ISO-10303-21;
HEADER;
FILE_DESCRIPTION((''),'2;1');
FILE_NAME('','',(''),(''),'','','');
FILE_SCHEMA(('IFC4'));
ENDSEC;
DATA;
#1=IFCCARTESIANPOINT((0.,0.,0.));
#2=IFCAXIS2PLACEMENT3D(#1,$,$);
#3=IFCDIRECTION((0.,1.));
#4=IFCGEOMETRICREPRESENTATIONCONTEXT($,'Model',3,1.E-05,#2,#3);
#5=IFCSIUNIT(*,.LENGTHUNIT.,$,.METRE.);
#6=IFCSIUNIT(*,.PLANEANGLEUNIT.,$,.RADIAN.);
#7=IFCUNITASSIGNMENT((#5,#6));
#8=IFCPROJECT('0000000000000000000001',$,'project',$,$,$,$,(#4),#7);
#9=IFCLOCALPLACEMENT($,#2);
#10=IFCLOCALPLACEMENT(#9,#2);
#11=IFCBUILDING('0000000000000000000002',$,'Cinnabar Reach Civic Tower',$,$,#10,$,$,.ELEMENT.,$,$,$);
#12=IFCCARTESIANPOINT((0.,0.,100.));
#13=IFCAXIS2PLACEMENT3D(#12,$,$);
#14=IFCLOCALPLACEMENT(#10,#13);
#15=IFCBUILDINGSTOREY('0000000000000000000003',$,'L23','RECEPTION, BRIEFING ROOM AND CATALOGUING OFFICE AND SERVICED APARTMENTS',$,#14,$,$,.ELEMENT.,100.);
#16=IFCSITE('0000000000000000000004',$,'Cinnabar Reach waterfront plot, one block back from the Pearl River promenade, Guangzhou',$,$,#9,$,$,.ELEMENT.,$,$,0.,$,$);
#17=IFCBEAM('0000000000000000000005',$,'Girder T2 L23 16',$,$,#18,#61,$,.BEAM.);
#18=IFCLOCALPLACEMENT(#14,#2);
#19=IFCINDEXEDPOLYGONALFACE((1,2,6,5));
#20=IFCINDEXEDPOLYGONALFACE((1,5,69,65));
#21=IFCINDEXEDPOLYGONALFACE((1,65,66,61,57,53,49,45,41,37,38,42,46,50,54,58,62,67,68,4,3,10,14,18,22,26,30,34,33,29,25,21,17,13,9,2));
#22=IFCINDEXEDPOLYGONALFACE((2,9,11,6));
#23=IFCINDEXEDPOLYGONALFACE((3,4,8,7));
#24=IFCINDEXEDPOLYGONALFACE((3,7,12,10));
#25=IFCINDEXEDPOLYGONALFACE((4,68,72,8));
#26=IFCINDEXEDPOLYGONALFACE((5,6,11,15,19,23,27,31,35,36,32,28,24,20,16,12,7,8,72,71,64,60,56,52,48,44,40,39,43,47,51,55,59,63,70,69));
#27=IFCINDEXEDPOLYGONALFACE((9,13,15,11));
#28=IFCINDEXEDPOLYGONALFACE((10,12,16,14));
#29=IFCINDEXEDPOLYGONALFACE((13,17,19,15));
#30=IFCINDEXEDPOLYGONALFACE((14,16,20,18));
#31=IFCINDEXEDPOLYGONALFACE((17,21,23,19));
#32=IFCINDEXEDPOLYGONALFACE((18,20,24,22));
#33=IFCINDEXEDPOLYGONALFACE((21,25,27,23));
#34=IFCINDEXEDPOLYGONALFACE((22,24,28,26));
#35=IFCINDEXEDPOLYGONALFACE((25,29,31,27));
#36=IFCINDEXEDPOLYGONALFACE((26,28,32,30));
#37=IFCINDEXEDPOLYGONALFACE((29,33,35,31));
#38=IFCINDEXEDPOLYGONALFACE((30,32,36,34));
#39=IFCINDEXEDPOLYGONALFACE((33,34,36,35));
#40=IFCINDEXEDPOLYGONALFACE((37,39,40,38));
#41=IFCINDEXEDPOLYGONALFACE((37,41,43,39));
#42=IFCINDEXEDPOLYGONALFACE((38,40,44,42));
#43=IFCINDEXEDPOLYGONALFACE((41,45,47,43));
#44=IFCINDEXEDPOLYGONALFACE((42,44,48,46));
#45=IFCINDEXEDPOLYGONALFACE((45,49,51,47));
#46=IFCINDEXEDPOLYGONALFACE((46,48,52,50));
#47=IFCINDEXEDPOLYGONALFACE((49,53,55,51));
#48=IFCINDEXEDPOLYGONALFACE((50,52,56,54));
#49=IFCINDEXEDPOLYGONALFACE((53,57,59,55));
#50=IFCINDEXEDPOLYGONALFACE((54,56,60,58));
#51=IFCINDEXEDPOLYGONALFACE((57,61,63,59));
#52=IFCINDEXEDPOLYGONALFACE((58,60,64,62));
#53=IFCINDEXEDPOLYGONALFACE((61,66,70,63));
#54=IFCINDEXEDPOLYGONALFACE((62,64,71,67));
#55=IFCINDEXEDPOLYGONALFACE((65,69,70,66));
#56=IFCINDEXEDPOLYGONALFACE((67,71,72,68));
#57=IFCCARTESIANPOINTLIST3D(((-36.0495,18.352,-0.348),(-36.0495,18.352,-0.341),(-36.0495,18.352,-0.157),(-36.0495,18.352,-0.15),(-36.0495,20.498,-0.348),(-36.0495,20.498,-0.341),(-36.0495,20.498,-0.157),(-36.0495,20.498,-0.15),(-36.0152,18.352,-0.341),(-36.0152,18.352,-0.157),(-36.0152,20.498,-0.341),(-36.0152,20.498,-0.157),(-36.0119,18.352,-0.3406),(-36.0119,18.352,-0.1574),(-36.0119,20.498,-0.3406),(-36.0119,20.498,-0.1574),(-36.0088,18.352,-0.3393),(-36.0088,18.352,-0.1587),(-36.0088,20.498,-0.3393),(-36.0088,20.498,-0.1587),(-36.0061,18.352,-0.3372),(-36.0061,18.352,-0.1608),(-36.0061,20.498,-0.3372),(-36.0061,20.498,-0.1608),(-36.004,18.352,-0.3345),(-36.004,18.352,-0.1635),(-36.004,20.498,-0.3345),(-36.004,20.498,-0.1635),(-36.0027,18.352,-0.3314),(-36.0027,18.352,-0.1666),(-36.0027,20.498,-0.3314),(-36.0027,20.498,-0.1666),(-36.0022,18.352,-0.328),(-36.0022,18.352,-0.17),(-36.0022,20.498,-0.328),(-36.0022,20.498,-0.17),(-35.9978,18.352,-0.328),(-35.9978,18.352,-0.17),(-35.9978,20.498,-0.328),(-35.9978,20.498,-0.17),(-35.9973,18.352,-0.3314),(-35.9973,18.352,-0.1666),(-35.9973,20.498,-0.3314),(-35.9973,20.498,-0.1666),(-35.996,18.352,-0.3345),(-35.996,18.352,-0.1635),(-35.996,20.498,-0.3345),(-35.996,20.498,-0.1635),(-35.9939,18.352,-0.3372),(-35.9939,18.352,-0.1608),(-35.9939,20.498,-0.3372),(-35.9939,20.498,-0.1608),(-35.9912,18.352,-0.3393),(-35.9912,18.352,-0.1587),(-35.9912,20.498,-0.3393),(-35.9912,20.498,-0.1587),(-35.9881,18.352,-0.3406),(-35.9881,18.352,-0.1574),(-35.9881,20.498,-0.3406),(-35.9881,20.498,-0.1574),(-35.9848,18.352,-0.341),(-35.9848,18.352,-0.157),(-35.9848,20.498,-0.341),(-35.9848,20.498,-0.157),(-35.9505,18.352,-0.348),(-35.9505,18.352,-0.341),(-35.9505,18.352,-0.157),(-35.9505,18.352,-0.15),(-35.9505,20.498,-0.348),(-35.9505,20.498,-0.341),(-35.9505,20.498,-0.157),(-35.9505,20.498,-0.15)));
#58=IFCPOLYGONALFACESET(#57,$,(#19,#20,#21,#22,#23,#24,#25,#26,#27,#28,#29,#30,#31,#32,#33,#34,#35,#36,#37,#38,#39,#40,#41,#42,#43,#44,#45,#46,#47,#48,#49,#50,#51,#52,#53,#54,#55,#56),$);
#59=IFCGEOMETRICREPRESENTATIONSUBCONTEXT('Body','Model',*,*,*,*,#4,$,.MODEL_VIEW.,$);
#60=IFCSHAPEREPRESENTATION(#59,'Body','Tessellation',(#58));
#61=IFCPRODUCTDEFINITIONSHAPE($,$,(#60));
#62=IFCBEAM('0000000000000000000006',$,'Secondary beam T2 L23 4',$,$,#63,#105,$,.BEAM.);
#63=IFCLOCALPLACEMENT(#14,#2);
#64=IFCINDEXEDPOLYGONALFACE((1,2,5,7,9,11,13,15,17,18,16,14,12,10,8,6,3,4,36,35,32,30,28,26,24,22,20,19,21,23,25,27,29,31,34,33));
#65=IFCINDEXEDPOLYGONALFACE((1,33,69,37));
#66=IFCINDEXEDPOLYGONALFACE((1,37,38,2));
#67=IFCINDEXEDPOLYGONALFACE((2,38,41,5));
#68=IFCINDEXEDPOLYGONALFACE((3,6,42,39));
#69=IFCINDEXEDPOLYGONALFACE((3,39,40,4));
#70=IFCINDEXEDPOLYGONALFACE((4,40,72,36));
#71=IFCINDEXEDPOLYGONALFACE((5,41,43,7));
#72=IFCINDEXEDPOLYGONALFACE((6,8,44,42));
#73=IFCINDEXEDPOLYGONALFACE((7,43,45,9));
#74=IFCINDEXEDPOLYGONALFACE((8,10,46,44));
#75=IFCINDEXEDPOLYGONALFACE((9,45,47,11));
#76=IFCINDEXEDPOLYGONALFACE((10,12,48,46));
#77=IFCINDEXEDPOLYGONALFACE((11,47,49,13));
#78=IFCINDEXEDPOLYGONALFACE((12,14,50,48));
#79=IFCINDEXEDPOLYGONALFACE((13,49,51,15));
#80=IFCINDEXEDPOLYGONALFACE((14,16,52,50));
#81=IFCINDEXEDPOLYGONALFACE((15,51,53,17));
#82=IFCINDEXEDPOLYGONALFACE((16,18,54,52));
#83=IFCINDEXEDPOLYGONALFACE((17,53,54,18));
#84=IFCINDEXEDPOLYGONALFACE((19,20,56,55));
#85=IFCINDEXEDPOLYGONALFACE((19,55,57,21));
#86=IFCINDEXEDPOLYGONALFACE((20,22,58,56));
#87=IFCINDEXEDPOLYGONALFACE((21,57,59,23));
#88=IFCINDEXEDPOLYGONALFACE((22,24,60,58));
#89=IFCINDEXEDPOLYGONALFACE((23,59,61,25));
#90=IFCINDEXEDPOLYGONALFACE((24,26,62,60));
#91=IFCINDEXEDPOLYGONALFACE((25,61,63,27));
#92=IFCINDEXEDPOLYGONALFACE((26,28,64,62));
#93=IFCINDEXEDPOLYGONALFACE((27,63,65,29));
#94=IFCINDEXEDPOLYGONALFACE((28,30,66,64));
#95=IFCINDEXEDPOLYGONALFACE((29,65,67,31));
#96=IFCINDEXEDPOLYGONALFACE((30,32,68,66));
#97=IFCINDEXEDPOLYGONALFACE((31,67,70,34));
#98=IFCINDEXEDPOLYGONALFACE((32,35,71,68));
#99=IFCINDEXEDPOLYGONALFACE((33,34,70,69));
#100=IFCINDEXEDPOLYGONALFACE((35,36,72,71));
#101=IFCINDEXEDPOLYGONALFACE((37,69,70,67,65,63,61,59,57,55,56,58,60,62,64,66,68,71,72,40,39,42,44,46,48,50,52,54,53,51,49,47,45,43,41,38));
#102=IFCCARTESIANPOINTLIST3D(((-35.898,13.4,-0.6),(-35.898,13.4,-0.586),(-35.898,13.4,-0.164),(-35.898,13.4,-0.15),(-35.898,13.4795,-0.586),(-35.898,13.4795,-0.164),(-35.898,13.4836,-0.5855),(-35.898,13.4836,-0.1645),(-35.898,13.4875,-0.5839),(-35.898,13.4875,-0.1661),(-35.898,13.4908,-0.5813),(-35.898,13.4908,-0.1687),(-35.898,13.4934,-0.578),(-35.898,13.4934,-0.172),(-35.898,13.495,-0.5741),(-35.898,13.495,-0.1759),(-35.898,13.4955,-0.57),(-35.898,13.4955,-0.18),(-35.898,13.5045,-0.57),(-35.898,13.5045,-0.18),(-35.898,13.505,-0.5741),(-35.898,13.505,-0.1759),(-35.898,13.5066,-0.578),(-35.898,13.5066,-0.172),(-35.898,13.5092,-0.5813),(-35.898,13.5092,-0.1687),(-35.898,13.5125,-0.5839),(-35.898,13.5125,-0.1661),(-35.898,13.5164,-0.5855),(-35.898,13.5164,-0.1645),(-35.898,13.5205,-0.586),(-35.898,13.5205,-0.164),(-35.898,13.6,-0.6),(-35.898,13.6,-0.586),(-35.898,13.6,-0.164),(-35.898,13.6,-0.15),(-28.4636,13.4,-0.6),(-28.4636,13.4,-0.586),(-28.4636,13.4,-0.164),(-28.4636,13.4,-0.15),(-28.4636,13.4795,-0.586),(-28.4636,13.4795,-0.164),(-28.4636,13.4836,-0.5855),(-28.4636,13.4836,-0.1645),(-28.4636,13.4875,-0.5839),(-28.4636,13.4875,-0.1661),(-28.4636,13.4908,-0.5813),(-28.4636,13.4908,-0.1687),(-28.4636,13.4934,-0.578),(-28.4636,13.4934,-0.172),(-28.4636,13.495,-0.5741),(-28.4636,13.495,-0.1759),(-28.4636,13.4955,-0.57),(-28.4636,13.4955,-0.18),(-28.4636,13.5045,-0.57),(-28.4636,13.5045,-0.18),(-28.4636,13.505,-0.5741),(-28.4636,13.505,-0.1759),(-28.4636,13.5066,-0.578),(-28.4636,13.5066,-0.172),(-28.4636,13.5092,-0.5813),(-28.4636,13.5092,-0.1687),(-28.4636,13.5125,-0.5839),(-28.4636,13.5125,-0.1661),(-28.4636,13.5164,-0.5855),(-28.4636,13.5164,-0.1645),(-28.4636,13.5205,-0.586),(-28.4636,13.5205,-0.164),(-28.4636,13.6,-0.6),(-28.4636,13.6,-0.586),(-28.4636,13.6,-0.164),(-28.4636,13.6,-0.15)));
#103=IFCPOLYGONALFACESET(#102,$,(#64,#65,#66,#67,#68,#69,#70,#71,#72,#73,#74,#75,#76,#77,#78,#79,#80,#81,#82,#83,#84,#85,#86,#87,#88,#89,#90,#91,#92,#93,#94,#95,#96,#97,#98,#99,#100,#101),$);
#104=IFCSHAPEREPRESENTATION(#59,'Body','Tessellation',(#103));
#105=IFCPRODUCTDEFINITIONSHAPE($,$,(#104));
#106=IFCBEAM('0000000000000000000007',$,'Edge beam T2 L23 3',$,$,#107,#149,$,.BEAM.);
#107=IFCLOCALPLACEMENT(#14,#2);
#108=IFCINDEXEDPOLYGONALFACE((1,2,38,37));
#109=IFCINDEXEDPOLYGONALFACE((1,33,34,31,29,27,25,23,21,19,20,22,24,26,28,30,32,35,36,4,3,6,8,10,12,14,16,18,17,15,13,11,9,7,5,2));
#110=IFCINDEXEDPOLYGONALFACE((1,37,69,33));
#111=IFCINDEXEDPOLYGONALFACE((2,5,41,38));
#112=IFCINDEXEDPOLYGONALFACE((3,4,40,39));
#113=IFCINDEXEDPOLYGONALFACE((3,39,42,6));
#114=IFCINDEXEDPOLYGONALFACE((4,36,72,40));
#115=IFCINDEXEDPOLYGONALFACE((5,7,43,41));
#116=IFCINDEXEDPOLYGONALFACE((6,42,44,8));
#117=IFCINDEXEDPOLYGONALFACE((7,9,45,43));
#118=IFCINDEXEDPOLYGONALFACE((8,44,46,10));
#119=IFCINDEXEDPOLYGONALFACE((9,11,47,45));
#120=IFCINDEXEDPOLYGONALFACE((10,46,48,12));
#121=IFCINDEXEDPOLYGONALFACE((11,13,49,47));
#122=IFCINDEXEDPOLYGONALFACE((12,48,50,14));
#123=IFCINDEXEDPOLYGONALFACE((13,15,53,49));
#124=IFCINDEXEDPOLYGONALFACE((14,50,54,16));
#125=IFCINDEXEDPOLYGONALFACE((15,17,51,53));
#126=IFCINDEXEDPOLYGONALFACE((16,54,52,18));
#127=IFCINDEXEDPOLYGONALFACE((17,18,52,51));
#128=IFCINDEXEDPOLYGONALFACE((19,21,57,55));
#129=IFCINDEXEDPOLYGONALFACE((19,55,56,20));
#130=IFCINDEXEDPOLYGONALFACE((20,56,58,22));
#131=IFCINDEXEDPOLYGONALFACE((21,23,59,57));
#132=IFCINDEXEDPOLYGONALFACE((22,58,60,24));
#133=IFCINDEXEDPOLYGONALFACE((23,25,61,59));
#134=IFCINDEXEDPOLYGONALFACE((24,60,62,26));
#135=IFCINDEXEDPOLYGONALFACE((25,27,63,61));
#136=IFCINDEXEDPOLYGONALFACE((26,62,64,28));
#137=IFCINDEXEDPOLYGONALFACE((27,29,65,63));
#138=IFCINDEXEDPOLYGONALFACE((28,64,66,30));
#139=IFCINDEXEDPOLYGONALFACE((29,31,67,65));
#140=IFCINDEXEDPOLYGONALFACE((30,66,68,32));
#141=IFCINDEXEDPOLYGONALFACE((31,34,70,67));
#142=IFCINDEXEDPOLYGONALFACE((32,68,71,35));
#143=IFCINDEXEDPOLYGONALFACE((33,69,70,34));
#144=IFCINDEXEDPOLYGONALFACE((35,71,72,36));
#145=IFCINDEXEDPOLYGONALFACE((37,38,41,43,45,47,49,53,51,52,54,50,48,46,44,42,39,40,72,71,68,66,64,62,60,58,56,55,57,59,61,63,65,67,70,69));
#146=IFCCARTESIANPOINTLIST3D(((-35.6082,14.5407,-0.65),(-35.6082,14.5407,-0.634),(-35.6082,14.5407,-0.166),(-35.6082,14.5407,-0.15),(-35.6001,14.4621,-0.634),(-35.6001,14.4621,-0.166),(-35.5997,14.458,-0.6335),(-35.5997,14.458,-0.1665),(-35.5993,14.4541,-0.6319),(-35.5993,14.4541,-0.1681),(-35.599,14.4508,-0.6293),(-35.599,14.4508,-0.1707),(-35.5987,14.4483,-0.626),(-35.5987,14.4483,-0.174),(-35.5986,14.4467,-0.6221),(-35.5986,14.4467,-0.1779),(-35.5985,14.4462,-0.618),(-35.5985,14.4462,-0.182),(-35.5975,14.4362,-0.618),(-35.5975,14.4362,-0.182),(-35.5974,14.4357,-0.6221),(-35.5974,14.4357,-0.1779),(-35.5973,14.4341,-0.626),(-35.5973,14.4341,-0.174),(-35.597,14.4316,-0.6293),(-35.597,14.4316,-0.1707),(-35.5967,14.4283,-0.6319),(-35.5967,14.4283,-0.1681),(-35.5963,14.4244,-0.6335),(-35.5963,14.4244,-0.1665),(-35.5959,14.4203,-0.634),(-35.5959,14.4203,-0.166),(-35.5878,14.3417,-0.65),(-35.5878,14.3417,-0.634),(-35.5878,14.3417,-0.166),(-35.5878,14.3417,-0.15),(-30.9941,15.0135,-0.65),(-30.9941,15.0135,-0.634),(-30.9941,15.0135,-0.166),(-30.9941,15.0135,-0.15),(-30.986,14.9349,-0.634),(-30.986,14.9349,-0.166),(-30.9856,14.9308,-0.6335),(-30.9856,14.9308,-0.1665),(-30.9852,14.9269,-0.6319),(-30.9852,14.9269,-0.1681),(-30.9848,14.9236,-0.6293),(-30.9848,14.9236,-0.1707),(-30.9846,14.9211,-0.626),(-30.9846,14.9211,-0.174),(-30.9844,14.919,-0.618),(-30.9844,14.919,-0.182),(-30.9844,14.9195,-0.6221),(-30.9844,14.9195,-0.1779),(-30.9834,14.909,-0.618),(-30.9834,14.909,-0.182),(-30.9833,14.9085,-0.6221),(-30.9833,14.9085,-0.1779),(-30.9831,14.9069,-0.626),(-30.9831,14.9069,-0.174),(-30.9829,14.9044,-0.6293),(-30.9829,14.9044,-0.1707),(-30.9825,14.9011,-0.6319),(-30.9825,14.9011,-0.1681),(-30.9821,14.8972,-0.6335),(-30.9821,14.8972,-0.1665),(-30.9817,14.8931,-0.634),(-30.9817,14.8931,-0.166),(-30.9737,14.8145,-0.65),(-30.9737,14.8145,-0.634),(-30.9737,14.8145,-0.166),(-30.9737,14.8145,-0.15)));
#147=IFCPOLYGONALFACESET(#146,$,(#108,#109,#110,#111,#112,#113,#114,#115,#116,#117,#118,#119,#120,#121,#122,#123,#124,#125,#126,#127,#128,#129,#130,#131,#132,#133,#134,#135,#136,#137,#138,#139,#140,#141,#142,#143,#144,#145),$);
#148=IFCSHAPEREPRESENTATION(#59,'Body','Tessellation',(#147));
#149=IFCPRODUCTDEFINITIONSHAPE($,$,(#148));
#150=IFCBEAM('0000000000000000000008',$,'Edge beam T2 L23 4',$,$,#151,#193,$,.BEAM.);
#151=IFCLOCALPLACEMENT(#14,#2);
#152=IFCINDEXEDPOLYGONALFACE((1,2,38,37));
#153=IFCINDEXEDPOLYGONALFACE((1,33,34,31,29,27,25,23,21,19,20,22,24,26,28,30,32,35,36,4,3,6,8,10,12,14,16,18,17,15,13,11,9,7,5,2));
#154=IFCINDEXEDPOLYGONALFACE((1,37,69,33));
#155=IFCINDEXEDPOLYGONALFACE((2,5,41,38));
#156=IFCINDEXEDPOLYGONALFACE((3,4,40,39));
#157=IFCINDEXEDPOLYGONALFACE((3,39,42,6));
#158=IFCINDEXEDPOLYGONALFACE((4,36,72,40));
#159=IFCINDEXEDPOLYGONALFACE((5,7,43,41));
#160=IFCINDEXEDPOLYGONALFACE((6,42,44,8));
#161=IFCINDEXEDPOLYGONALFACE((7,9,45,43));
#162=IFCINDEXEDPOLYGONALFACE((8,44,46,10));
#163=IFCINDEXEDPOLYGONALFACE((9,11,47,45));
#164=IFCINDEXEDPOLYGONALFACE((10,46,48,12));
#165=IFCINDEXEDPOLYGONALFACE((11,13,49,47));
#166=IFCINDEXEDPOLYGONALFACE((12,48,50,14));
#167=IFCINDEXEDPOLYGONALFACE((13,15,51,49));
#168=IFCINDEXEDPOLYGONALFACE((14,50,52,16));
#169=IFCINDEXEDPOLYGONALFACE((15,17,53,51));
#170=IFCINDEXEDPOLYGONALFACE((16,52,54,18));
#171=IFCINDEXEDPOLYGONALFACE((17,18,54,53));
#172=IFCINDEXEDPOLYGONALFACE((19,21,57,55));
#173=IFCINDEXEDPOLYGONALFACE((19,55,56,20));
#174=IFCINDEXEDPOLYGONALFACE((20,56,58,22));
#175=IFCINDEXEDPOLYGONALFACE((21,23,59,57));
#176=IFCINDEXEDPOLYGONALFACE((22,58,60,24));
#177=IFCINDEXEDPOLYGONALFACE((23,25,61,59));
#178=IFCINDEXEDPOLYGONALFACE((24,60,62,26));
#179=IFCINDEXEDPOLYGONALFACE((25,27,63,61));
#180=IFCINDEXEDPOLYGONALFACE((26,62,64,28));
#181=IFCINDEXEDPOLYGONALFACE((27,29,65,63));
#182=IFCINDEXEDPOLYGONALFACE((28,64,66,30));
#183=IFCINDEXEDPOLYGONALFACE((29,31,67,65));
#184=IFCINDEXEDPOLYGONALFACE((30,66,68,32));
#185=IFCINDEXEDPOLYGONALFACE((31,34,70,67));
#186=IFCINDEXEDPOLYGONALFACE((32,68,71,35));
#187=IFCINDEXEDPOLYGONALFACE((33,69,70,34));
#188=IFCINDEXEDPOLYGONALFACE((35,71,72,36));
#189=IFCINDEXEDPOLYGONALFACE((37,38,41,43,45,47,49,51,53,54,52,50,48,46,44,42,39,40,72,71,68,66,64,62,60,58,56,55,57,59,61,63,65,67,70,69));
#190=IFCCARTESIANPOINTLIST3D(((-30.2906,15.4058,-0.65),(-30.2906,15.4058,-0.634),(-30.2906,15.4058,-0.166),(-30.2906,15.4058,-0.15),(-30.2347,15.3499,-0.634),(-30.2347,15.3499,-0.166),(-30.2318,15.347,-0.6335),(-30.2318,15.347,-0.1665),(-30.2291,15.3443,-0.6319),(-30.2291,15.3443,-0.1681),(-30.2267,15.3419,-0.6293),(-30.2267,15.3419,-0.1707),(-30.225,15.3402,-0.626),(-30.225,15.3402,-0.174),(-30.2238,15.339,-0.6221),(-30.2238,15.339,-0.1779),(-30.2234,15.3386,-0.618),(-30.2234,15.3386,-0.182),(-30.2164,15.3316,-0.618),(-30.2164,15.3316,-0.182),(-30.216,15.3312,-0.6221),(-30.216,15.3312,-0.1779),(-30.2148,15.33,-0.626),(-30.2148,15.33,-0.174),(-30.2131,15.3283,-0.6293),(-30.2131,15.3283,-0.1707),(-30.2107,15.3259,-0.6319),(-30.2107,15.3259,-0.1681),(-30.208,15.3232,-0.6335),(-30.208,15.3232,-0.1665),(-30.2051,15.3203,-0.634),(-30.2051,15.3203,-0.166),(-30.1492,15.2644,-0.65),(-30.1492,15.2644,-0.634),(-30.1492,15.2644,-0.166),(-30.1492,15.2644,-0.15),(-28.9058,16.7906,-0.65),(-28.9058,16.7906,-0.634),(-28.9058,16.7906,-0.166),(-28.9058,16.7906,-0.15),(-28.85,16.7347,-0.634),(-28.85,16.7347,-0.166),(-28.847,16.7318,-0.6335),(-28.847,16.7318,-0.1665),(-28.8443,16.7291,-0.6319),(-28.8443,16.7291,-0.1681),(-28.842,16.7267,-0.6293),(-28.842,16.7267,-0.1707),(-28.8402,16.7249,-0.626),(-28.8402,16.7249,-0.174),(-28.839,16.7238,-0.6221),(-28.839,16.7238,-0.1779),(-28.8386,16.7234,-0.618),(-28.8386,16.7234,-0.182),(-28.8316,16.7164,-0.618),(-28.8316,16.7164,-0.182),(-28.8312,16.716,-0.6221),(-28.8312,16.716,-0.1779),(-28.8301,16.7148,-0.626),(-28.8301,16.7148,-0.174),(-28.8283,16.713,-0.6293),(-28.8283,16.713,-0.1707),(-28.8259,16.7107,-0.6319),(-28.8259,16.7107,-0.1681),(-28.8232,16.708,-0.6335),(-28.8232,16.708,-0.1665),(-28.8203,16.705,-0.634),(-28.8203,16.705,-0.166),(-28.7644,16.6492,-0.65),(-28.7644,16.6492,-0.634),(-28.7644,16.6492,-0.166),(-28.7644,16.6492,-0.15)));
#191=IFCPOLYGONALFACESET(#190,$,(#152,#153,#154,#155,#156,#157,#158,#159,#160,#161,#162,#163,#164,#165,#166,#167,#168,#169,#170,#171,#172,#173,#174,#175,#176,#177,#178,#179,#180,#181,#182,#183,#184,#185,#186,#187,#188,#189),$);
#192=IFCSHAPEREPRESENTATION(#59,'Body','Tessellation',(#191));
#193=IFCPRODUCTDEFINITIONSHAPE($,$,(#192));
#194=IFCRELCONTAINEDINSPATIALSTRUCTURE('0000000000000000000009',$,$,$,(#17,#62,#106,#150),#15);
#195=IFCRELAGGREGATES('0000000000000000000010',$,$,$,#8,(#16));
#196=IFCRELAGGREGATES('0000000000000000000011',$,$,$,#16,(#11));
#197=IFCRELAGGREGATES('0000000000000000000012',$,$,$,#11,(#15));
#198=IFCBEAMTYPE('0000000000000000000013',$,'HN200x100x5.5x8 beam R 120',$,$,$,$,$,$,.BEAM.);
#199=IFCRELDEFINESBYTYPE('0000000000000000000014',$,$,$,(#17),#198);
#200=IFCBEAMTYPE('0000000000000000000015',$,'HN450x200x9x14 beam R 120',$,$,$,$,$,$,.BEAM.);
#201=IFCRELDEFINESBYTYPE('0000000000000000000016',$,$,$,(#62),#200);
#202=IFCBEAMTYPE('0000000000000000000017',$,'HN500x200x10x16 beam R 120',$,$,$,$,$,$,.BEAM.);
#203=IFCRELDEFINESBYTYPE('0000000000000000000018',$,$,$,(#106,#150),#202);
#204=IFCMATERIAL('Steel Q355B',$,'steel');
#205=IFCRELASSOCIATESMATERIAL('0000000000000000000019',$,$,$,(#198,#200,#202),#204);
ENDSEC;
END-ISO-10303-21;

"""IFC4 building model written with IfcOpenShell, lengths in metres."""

from ifc_helpers import new_model, si_unit, direction, frame, origin, origin_2d, place, context, subcontext, project, spatial, i_section, extrude, material, material_profile, profile_set, type_object, element, save


model = new_model("IFC4")

# Units and contexts
model_context = context("Model", 3, precision=1e-05, world=origin(), true_north=direction((0.0, 1.0)))
body_context = subcontext(model_context, "Body", "Model", "MODEL_VIEW")
ifc_project = project(units=[si_unit("LENGTHUNIT", "METRE"), si_unit("PLANEANGLEUNIT", "RADIAN")], contexts=[model_context])

# Site, building, storey
site_placement = place(None, origin())
site = spatial("IfcSite", under=ifc_project, at=site_placement, Name="Cinnabar Reach waterfront plot, one block back from the Pearl River promenade, Guangzhou", CompositionType="ELEMENT", RefElevation=0.0)
building_placement = place(site_placement, origin())
building = spatial("IfcBuilding", under=site, at=building_placement, Name="Cinnabar Reach Civic Tower", CompositionType="ELEMENT")
storey_placement = place(building_placement, frame((0.0, 0.0, 100.0)))
storey = spatial("IfcBuildingStorey", under=building, at=storey_placement, Name="L23", Description="RECEPTION, BRIEFING ROOM AND CATALOGUING OFFICE AND SERVICED APARTMENTS", CompositionType="ELEMENT", Elevation=100.0)

# Beams
ifc_material_1 = material(Name="Steel Q355B", Category="steel")
ifc_material_profile_1 = material_profile(ifc_material_1, i_section(OverallWidth=0.099, OverallDepth=0.198, WebThickness=0.0045, FlangeThickness=0.007, FilletRadius=0.013, at=origin_2d()), Name="HN200x100x5.5x8")
ifc_profile_set_1 = profile_set([ifc_material_profile_1], Name="Steel Q355B")
beam_type_1 = type_object("IfcBeamType", Name="HN200x100x5.5x8 beam R 120", PredefinedType="BEAM", material=ifc_profile_set_1)
beam_1_placement = place(storey_placement, frame((-36.0, 18.352, -0.249), z_axis=(0.0, 1.0, 0.0), x_axis=(-1.0, 0.0, 0.0)))
element("IfcBeam", 1, at=beam_1_placement, inside=storey, type_object=beam_type_1, Name="Girder T2 L23 16", PredefinedType="BEAM", context=body_context, shape_type="SweptSolid", body=[
    extrude(i_section(OverallWidth=0.099, OverallDepth=0.198, WebThickness=0.0045, FlangeThickness=0.007, FilletRadius=0.013, at=origin_2d()), origin(), (0.0, 0.0, 1.0), 2.146),
])
ifc_material_profile_2 = material_profile(ifc_material_1, i_section(OverallWidth=0.2, OverallDepth=0.45, WebThickness=0.009, FlangeThickness=0.014, FilletRadius=0.016, at=origin_2d()), Name="HN450x200x9x14")
ifc_profile_set_2 = profile_set([ifc_material_profile_2], Name="Steel Q355B")
beam_type_2 = type_object("IfcBeamType", Name="HN450x200x9x14 beam R 120", PredefinedType="BEAM", material=ifc_profile_set_2)
beam_2_placement = place(storey_placement, frame((-35.898, 13.5, -0.375), z_axis=(1.0, 0.0, 0.0), x_axis=(0.0, 1.0, 0.0)))
element("IfcBeam", 2, at=beam_2_placement, inside=storey, type_object=beam_type_2, Name="Secondary beam T2 L23 4", PredefinedType="BEAM", context=body_context, shape_type="SweptSolid", body=[
    extrude(i_section(OverallWidth=0.2, OverallDepth=0.45, WebThickness=0.009, FlangeThickness=0.014, FilletRadius=0.016, at=origin_2d()), origin(), (0.0, 0.0, 1.0), 7.4344),
])
ifc_material_profile_3 = material_profile(ifc_material_1, i_section(OverallWidth=0.2, OverallDepth=0.5, WebThickness=0.01, FlangeThickness=0.016, FilletRadius=0.016, at=origin_2d()), Name="HN500x200x10x16")
ifc_profile_set_3 = profile_set([ifc_material_profile_3], Name="Steel Q355B")
beam_type_3 = type_object("IfcBeamType", Name="HN500x200x10x16 beam R 120", PredefinedType="BEAM", material=ifc_profile_set_3)
beam_3_placement = place(storey_placement, frame((-35.598, 14.4412, -0.4), z_axis=(0.994791, 0.101935, 0.0), x_axis=(-0.101935, 0.994791, 0.0)))
element("IfcBeam", 3, at=beam_3_placement, inside=storey, type_object=beam_type_3, Name="Edge beam T2 L23 3", PredefinedType="BEAM", context=body_context, shape_type="SweptSolid", body=[
    extrude(i_section(OverallWidth=0.2, OverallDepth=0.5, WebThickness=0.01, FlangeThickness=0.016, FilletRadius=0.016, at=origin_2d()), origin(), (0.0, 0.0, 1.0), 4.6383),
])
beam_4_placement = place(storey_placement, frame((-30.2199, 15.3351, -0.4), z_axis=(0.707107, 0.707107, 0.0), x_axis=(-0.707107, 0.707107, 0.0)))
element("IfcBeam", 4, at=beam_4_placement, inside=storey, type_object=beam_type_3, Name="Edge beam T2 L23 4", PredefinedType="BEAM", context=body_context, shape_type="SweptSolid", body=[
    extrude(i_section(OverallWidth=0.2, OverallDepth=0.5, WebThickness=0.01, FlangeThickness=0.016, FilletRadius=0.016, at=origin_2d()), origin(), (0.0, 0.0, 1.0), 1.9584),
])

save(model, "model.ifc")
